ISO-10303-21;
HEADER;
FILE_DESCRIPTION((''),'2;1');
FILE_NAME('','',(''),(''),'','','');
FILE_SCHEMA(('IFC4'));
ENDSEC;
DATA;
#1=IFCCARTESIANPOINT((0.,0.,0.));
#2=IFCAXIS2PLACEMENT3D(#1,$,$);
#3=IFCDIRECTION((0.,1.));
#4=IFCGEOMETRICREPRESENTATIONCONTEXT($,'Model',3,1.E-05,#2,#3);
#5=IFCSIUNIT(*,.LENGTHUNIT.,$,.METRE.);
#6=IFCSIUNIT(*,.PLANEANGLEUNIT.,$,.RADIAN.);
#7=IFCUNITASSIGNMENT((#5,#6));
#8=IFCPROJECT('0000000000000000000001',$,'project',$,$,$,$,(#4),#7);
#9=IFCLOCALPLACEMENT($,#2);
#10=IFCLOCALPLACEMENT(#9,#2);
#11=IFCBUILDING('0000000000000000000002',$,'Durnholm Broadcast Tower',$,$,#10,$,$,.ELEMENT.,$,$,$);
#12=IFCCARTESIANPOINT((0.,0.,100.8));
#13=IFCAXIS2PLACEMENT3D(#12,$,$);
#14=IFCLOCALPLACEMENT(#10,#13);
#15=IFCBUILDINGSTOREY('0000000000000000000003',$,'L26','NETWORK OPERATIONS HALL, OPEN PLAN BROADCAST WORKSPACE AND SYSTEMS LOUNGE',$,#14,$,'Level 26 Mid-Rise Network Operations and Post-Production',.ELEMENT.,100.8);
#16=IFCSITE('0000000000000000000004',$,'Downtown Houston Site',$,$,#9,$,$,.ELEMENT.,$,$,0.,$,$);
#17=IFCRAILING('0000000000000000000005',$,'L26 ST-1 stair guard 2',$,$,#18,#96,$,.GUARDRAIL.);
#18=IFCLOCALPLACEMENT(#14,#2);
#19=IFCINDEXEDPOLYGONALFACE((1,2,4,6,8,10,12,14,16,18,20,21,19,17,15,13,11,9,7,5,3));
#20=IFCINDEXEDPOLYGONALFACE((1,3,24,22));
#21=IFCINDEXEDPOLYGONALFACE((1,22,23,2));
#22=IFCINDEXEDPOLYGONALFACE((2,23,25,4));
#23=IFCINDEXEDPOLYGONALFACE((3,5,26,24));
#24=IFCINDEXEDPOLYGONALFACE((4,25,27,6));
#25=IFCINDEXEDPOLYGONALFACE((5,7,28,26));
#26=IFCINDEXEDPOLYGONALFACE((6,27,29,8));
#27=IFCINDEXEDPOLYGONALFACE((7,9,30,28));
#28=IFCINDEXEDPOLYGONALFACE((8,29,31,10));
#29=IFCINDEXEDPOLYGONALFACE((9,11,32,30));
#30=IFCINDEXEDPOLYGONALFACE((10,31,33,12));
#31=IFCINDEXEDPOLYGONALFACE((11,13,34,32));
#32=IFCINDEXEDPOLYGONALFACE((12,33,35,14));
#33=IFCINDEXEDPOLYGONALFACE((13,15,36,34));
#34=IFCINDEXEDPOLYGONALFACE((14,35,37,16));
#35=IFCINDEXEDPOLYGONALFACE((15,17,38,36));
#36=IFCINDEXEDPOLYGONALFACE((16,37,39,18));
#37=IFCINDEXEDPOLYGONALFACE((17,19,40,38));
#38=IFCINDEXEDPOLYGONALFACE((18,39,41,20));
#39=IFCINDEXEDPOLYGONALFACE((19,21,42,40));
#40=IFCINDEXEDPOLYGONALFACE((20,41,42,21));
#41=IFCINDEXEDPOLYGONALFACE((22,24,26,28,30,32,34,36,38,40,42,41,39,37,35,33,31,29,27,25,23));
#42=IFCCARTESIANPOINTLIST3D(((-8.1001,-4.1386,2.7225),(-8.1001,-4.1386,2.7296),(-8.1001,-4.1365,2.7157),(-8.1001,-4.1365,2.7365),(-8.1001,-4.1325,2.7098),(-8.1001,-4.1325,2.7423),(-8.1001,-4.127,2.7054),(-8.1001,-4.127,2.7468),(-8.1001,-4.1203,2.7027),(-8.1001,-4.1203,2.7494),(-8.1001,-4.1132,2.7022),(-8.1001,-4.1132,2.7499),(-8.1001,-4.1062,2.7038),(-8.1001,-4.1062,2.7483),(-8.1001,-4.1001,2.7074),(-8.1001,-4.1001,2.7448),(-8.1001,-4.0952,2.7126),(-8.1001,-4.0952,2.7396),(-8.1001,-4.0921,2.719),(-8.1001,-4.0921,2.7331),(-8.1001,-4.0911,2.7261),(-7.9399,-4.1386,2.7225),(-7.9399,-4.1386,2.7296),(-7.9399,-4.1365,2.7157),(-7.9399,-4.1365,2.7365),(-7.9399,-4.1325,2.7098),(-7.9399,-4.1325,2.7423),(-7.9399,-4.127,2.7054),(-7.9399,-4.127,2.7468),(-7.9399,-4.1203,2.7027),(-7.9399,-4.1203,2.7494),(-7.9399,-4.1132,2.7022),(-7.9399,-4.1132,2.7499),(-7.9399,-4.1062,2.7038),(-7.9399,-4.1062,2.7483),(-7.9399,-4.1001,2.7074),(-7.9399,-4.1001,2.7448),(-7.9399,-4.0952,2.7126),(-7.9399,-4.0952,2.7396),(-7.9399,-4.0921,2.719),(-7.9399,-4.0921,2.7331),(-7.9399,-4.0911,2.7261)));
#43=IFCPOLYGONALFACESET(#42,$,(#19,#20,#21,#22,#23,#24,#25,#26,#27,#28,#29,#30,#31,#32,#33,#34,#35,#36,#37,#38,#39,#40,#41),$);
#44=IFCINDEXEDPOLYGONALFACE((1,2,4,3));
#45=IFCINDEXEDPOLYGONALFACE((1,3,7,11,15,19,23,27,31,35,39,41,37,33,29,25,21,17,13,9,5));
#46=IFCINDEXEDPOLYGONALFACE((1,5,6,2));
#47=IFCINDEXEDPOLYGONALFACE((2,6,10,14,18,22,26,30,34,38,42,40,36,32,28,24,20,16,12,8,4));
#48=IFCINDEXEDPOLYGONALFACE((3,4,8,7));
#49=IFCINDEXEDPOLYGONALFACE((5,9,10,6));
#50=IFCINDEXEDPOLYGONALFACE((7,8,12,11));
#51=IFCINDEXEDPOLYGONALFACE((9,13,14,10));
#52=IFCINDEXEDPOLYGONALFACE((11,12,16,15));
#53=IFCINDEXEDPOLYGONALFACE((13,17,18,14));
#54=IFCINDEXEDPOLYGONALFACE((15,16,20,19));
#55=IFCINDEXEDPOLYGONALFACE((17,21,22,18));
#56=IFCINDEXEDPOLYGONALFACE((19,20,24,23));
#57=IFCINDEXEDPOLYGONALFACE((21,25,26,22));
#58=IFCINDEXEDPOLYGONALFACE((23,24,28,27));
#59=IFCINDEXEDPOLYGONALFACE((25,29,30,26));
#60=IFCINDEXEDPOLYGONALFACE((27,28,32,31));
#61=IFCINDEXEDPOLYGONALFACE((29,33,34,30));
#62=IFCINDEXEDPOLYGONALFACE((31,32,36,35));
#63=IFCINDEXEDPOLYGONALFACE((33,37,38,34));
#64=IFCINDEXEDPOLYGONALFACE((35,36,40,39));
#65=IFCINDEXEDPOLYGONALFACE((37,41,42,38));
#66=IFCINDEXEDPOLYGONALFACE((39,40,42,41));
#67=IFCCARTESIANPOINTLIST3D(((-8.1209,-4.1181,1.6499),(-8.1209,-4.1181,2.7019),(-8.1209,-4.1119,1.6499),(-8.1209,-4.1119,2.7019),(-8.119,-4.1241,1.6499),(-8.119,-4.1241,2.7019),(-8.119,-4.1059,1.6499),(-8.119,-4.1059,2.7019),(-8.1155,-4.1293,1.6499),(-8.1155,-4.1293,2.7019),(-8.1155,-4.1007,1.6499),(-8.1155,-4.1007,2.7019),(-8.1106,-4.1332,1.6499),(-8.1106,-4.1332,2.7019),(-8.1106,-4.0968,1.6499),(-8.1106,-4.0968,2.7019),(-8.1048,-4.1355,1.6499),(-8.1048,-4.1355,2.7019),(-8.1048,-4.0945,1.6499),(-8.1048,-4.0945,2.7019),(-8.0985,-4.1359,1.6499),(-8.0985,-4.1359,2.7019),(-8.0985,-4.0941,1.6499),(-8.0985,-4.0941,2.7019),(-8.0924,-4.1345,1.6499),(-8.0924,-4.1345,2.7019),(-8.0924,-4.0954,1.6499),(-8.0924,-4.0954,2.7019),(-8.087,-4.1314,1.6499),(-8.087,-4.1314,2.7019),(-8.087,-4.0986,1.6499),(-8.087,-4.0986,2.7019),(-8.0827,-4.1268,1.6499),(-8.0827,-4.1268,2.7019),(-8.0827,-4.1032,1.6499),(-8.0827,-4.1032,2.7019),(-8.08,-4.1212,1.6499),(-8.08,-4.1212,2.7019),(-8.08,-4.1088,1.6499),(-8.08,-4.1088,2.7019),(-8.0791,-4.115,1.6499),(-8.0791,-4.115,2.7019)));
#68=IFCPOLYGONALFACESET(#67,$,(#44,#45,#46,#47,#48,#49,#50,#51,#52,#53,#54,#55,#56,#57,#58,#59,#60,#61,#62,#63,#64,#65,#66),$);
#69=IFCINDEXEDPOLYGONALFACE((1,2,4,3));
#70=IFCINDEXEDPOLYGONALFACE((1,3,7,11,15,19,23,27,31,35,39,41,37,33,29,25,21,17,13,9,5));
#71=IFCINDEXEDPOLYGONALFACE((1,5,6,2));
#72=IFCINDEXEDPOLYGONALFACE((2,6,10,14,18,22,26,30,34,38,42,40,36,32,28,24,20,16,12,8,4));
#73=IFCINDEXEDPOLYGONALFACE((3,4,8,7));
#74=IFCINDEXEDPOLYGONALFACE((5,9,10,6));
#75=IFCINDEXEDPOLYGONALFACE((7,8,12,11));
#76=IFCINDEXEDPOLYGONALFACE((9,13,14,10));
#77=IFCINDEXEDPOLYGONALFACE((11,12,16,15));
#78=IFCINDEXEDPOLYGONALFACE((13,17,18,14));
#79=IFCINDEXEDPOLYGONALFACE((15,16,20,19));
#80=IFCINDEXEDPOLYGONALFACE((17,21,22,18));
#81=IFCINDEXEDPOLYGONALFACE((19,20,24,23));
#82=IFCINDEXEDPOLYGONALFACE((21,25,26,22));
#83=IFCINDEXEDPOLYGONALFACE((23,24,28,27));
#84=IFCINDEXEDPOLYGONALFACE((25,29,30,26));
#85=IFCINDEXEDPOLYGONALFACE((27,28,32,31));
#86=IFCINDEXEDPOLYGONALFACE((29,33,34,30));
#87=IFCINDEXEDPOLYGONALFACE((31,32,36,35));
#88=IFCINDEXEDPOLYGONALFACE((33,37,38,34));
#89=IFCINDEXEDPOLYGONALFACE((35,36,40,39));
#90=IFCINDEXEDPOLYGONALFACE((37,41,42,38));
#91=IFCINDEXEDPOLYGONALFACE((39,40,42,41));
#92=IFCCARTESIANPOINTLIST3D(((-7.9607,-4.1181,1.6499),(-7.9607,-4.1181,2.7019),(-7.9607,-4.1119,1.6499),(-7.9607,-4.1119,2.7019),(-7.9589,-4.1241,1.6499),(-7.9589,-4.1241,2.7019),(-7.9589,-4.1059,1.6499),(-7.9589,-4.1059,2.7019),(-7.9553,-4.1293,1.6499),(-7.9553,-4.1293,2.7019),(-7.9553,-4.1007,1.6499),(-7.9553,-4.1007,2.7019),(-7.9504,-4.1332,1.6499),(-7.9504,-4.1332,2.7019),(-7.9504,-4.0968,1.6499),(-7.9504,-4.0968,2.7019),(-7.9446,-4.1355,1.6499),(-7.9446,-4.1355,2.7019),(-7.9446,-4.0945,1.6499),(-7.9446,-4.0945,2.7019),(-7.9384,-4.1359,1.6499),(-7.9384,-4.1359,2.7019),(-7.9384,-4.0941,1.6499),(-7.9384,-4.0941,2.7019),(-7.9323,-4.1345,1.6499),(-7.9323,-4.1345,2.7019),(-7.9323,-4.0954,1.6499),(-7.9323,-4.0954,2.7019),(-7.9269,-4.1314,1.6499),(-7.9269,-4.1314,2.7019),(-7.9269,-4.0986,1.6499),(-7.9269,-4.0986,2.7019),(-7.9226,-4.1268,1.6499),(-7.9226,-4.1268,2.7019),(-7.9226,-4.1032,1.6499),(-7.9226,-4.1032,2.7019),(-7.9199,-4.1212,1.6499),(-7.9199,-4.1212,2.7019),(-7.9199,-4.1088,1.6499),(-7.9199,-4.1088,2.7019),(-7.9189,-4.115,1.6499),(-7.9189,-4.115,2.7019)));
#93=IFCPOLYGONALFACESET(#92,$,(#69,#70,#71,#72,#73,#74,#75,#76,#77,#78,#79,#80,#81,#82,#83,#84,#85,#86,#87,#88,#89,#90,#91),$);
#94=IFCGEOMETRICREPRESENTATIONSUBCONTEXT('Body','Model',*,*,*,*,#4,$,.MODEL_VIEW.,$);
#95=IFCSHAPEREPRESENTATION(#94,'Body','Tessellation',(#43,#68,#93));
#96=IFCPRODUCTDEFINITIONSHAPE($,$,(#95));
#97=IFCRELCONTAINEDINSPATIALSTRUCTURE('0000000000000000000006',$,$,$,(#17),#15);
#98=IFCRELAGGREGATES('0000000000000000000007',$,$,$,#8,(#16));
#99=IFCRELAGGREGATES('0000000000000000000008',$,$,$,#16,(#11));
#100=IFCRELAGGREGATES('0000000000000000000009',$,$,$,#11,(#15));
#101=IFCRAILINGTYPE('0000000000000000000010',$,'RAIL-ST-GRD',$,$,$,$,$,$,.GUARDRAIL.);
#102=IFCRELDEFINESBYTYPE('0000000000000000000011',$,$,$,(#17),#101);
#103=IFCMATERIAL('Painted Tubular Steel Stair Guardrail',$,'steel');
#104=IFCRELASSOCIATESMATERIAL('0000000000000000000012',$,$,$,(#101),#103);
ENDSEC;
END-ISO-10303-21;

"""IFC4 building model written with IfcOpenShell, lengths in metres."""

from ifc_helpers import new_model, si_unit, direction, frame, origin, origin_2d, place, context, subcontext, project, spatial, circle, extrude, material, type_object, element, save


model = new_model("IFC4")

# Units and contexts
model_context = context("Model", 3, precision=1e-05, world=origin(), true_north=direction((0.0, 1.0)))
body_context = subcontext(model_context, "Body", "Model", "MODEL_VIEW")
ifc_project = project(units=[si_unit("LENGTHUNIT", "METRE"), si_unit("PLANEANGLEUNIT", "RADIAN")], contexts=[model_context])

# Site, building, storey
site_placement = place(None, origin())
site = spatial("IfcSite", under=ifc_project, at=site_placement, Name="Downtown Houston Site", CompositionType="ELEMENT", RefElevation=0.0)
building_placement = place(site_placement, origin())
building = spatial("IfcBuilding", under=site, at=building_placement, Name="Durnholm Broadcast Tower", CompositionType="ELEMENT")
storey_placement = place(building_placement, frame((0.0, 0.0, 100.8)))
storey = spatial("IfcBuildingStorey", under=building, at=storey_placement, Name="L26", Description="NETWORK OPERATIONS HALL, OPEN PLAN BROADCAST WORKSPACE AND SYSTEMS LOUNGE", LongName="Level 26 Mid-Rise Network Operations and Post-Production", CompositionType="ELEMENT", Elevation=100.8)

# Railing
ifc_material_1 = material(Name="Painted Tubular Steel Stair Guardrail", Category="steel")
railing_type_1 = type_object("IfcRailingType", Name="RAIL-ST-GRD", PredefinedType="GUARDRAIL", material=ifc_material_1)
railing_1_placement = place(storey_placement, frame((-8.1001, -4.115, 1.6499)))
element("IfcRailing", 1, at=railing_1_placement, inside=storey, type_object=railing_type_1, Name="L26 ST-1 stair guard 2", PredefinedType="GUARDRAIL", context=body_context, shape_type="SweptSolid", body=[
    extrude(circle(Radius=0.0239, at=origin_2d()), frame((0.0, 0.0, 1.0762), z_axis=(1.0, 0.0, 0.0), x_axis=(0.0, 1.0, 0.0)), (0.0, 0.0, 1.0), 0.1602),
    extrude(circle(Radius=0.021, at=origin_2d()), origin(), (0.0, 0.0, 1.0), 1.052),
    extrude(circle(Radius=0.021, at=origin_2d()), frame((0.1602, 0.0, 0.0)), (0.0, 0.0, 1.0), 1.052),
])

save(model, "model.ifc")
